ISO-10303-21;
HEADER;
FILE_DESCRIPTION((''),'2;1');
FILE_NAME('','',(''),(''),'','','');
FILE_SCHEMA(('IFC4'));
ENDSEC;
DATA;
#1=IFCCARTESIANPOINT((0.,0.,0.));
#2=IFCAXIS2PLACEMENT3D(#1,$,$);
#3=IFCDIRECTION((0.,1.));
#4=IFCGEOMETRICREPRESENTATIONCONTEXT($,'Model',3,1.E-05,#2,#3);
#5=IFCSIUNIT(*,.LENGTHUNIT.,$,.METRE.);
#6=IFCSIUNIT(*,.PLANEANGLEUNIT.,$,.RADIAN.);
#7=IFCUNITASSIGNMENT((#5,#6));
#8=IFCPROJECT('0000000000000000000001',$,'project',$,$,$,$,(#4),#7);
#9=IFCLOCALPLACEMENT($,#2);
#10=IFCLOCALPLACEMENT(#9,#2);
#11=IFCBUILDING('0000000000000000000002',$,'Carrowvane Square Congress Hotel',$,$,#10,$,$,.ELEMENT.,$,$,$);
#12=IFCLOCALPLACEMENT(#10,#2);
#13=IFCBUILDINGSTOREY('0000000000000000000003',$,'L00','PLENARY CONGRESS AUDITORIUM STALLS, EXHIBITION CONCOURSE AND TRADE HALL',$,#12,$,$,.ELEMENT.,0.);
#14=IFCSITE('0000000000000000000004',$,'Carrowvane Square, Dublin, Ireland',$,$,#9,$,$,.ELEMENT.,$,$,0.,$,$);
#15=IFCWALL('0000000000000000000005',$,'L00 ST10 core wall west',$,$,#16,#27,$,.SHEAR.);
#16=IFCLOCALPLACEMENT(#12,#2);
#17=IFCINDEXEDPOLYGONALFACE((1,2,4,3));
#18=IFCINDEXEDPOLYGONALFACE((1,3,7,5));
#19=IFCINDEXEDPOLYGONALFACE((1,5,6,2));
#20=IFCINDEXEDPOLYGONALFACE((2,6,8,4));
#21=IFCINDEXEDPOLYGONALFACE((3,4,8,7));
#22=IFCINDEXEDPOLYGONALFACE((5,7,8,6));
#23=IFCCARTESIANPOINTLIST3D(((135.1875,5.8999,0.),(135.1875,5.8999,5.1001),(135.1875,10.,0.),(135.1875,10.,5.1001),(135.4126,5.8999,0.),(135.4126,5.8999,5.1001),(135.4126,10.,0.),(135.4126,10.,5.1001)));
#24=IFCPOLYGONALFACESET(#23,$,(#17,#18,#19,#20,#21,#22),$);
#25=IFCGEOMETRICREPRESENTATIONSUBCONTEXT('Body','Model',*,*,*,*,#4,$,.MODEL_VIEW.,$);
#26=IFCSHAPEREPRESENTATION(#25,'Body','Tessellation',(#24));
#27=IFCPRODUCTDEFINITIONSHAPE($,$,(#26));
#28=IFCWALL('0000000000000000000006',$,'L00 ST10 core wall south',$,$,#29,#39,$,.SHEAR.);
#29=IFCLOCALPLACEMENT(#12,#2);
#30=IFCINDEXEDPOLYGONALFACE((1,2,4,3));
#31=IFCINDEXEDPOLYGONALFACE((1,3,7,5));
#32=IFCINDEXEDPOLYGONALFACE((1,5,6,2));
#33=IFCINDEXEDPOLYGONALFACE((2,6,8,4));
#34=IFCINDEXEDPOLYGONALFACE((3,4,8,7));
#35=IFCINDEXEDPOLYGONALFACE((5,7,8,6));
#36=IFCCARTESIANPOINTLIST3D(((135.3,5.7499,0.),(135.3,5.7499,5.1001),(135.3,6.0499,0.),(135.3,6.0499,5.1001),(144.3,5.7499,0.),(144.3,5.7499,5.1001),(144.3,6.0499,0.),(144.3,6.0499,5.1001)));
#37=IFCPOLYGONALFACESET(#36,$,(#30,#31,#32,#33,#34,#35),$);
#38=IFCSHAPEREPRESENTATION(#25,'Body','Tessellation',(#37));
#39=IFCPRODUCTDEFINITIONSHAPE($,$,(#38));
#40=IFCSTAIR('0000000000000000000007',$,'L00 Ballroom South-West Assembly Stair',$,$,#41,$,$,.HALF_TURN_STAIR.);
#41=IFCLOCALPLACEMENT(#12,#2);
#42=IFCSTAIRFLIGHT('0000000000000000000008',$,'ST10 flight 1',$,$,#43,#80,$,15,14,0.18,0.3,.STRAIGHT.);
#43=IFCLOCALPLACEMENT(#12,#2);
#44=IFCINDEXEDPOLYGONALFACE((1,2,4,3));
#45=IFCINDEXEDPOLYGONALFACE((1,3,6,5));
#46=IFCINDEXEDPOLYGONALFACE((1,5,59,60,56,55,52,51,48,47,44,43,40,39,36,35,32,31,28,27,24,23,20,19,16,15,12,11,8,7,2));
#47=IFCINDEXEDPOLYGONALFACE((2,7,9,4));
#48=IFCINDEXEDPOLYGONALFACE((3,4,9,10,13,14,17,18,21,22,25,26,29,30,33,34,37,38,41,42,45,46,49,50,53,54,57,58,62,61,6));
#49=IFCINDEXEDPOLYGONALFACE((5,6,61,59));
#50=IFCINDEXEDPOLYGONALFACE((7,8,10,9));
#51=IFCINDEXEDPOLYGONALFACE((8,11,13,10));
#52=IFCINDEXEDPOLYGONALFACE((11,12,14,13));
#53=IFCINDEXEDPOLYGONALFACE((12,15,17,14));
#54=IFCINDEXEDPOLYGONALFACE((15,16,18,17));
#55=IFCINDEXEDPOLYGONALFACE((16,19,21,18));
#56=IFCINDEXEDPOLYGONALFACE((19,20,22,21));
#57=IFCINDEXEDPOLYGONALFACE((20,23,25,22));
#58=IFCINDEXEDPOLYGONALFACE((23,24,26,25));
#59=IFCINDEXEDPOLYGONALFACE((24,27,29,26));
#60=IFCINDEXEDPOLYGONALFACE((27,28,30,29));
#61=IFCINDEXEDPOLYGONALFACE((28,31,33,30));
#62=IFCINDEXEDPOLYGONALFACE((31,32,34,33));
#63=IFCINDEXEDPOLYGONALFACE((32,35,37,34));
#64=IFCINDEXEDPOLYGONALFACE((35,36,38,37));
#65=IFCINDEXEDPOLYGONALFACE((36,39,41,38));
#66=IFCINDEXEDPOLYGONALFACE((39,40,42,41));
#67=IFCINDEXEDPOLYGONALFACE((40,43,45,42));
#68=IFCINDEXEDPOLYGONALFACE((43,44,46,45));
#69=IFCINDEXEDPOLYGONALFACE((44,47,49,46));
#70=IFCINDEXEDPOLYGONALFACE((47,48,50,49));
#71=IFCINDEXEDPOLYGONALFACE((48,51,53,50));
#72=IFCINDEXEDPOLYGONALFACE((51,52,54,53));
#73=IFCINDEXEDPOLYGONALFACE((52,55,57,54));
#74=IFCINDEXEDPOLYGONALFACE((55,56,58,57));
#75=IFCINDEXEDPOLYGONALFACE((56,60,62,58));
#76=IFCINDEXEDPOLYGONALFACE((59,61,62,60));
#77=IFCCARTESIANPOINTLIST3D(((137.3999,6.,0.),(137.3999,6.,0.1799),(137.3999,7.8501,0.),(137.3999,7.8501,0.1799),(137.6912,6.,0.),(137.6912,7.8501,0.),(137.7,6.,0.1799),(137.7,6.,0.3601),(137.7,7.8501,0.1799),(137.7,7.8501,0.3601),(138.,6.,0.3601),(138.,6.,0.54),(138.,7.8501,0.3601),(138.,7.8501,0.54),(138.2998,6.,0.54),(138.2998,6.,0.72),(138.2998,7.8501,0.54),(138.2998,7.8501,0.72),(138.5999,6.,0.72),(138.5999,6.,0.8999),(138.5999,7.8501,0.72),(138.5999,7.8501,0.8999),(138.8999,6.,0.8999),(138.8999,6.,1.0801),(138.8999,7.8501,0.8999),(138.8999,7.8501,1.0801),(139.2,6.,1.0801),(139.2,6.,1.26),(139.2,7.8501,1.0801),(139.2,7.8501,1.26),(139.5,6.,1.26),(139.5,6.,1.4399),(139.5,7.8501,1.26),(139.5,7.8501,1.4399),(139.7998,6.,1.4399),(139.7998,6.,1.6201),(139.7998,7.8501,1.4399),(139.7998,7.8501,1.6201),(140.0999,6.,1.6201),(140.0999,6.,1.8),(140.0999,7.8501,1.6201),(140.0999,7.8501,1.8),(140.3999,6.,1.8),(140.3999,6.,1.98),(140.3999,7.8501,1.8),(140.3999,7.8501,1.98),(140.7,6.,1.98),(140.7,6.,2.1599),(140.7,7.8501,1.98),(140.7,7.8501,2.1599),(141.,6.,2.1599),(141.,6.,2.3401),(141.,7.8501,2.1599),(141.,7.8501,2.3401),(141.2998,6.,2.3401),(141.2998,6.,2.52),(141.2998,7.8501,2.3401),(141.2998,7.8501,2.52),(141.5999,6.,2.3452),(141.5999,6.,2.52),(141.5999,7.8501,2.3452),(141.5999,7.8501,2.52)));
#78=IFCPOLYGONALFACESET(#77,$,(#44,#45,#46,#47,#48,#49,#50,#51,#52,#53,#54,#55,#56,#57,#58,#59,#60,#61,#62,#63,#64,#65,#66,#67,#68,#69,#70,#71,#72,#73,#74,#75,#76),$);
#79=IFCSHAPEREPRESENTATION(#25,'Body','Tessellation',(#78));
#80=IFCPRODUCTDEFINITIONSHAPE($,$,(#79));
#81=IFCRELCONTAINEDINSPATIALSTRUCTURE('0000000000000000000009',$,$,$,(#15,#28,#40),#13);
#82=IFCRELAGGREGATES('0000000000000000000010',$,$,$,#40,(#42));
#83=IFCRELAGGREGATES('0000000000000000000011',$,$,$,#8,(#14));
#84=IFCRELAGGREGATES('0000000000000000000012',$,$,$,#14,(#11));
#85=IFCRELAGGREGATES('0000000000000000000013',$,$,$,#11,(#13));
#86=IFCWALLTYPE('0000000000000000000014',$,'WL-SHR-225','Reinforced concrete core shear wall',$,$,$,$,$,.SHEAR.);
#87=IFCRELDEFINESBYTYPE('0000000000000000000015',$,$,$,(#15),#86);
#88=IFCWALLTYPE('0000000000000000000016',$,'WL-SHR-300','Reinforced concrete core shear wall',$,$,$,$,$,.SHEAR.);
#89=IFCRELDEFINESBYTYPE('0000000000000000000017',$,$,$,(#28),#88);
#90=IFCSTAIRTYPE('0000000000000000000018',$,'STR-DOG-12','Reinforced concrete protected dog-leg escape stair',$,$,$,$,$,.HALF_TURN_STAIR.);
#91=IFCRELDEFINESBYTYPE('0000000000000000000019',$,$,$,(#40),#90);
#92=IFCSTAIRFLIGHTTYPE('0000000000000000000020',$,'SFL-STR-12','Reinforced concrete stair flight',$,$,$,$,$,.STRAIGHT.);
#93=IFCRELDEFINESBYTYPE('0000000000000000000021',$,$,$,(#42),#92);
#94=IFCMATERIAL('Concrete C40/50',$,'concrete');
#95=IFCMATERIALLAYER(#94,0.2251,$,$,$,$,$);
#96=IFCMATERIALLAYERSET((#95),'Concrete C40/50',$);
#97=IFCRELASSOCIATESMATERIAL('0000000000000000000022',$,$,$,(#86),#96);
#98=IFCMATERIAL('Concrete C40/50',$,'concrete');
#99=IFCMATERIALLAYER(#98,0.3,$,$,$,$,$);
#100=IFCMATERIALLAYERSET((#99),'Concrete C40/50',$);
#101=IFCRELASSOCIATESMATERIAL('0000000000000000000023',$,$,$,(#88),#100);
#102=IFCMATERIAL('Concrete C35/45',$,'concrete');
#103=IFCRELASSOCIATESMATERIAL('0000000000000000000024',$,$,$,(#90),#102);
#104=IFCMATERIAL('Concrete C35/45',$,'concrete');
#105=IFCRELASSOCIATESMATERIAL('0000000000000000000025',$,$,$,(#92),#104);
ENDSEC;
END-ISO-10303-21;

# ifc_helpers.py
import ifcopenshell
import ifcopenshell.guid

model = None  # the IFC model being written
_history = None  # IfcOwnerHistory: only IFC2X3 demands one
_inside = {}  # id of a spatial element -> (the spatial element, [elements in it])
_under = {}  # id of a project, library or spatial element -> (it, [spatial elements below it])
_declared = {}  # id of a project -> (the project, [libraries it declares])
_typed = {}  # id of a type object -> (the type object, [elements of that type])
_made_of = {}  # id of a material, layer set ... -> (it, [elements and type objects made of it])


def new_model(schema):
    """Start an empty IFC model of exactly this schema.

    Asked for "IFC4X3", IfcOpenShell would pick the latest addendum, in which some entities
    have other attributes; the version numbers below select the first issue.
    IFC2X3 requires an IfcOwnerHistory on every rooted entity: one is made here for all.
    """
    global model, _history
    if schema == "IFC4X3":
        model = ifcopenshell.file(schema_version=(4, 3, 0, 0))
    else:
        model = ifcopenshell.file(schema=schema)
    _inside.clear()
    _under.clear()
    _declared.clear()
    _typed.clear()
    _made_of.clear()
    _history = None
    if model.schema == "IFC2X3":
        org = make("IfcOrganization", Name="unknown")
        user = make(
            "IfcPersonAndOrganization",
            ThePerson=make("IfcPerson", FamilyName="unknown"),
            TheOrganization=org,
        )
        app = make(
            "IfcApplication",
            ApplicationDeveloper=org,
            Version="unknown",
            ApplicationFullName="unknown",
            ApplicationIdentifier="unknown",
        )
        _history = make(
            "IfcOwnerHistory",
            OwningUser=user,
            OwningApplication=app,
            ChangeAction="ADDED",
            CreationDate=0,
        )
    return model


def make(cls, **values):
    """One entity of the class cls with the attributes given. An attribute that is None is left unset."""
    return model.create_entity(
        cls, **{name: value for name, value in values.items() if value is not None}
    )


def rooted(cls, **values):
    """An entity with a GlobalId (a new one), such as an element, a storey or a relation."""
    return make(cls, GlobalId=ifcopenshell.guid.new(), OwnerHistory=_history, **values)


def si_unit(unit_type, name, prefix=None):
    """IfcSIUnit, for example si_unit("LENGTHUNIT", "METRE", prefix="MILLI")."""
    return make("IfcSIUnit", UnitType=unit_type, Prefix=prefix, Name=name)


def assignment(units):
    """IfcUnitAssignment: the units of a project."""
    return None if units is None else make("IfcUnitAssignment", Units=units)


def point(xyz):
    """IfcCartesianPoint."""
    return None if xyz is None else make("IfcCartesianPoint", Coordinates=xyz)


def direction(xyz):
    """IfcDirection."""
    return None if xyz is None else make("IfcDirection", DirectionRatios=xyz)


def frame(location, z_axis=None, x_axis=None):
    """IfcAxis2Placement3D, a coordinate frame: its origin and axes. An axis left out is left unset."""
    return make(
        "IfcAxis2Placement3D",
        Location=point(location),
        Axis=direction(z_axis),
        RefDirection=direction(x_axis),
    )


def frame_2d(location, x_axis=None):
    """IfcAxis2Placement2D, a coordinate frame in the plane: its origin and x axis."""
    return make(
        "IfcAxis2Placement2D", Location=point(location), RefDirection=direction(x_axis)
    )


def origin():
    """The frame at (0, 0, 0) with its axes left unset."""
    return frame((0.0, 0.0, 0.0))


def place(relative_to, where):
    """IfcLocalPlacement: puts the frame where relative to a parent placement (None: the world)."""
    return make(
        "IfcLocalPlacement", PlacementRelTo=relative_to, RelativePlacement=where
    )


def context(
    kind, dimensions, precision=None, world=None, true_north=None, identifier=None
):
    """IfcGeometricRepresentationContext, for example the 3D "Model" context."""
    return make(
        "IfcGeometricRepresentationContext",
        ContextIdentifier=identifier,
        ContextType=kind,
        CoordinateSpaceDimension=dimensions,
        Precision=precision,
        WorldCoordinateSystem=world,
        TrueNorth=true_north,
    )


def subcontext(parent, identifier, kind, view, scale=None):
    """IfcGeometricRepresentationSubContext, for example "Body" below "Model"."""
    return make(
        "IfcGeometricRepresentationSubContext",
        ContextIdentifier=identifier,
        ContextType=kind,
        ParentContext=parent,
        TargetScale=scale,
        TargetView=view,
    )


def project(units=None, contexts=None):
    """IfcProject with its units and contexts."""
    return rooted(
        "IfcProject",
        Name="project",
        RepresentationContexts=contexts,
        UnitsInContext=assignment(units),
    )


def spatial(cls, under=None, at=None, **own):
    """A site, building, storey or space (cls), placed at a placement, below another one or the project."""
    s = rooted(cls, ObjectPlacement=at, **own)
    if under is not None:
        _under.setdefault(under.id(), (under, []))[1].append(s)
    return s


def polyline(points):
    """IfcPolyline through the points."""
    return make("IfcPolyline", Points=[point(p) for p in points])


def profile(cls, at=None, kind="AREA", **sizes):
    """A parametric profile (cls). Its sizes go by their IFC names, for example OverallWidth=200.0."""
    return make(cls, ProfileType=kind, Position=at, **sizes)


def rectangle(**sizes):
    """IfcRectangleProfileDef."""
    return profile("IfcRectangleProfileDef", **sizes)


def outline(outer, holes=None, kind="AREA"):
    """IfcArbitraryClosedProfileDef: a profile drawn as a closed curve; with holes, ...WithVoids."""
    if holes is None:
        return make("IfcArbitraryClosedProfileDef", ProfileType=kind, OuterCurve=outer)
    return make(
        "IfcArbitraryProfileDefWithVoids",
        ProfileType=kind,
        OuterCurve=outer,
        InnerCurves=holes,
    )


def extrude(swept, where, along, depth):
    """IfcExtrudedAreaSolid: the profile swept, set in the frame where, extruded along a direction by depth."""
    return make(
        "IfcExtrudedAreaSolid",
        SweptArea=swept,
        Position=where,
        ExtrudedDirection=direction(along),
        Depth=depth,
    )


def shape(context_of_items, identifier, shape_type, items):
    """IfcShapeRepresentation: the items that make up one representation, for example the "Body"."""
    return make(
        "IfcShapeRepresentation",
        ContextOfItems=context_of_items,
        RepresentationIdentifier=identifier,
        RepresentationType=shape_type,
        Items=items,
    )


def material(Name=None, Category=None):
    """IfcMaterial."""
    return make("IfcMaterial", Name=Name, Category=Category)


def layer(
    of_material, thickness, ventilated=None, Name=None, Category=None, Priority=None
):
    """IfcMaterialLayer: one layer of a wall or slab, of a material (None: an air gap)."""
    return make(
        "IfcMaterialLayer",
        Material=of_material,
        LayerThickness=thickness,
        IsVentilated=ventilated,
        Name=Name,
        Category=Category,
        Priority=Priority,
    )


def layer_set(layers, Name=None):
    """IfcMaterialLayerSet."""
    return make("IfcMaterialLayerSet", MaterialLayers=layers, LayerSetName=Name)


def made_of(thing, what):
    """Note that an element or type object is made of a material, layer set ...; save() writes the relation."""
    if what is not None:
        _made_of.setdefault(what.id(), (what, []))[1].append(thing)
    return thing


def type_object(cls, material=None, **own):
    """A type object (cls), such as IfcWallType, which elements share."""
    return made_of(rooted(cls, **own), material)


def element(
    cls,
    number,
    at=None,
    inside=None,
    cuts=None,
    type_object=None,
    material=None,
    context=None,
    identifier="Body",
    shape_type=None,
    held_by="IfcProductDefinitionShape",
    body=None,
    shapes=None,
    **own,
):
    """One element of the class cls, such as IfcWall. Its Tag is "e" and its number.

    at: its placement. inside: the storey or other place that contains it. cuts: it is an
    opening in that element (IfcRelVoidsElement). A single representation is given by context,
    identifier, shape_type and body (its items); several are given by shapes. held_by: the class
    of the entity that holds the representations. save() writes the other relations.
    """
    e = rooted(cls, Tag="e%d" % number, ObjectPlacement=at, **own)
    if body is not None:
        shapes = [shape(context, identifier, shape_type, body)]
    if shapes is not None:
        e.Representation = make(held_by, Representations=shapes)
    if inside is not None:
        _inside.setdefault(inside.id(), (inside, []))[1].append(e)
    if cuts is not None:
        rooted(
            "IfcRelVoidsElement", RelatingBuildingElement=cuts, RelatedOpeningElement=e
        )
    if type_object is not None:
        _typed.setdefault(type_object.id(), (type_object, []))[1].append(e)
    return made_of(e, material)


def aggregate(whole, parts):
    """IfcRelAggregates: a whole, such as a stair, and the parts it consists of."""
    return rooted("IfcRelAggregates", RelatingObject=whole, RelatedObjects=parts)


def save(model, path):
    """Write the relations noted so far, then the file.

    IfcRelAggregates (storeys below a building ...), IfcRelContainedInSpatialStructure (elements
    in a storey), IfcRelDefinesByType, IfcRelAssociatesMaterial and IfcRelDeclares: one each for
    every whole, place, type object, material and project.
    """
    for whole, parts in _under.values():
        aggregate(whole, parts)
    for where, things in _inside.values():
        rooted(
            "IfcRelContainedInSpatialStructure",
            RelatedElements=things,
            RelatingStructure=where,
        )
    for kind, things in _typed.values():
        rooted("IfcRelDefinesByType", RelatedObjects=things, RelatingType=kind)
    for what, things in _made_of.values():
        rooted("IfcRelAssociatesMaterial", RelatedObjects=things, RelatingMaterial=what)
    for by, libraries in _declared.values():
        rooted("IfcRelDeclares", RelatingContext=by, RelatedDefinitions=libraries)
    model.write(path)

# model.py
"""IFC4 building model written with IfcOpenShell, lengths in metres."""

from ifc_helpers import new_model, si_unit, direction, frame, frame_2d, origin, place, context, subcontext, project, spatial, polyline, rectangle, outline, extrude, material, layer, layer_set, type_object, element, aggregate, save


model = new_model("IFC4")

# Units and contexts
model_context = context("Model", 3, precision=1e-05, world=origin(), true_north=direction((0.0, 1.0)))
body_context = subcontext(model_context, "Body", "Model", "MODEL_VIEW")
ifc_project = project(units=[si_unit("LENGTHUNIT", "METRE"), si_unit("PLANEANGLEUNIT", "RADIAN")], contexts=[model_context])

# Site, building, storey
site_placement = place(None, origin())
site = spatial("IfcSite", under=ifc_project, at=site_placement, Name="Carrowvane Square, Dublin, Ireland", CompositionType="ELEMENT", RefElevation=0.0)
building_placement = place(site_placement, origin())
building = spatial("IfcBuilding", under=site, at=building_placement, Name="Carrowvane Square Congress Hotel", CompositionType="ELEMENT")
storey_placement = place(building_placement, origin())
storey = spatial("IfcBuildingStorey", under=building, at=storey_placement, Name="L00", Description="PLENARY CONGRESS AUDITORIUM STALLS, EXHIBITION CONCOURSE AND TRADE HALL", CompositionType="ELEMENT", Elevation=0.0)

# Walls
ifc_material_1 = material(Name="Concrete C40/50", Category="concrete")
ifc_layer_1 = layer(ifc_material_1, 0.2251)
ifc_layer_set_1 = layer_set([ifc_layer_1], Name="Concrete C40/50")
wall_type_1 = type_object("IfcWallType", Name="WL-SHR-225", Description="Reinforced concrete core shear wall", PredefinedType="SHEAR", material=ifc_layer_set_1)
wall_1_placement = place(storey_placement, frame((135.3, 10.0, 0.0), z_axis=(0.0, 0.0, 1.0), x_axis=(0.0, -1.0, 0.0)))
element("IfcWall", 1, at=wall_1_placement, inside=storey, type_object=wall_type_1, Name="L00 ST10 core wall west", PredefinedType="SHEAR", context=body_context, shape_type="SweptSolid", body=[
    extrude(rectangle(XDim=4.1001, YDim=0.2251, at=frame_2d((2.05, 0.0))), origin(), (0.0, 0.0, 1.0), 5.1001),
])
ifc_material_2 = material(Name="Concrete C40/50", Category="concrete")
ifc_layer_2 = layer(ifc_material_2, 0.3)
ifc_layer_set_2 = layer_set([ifc_layer_2], Name="Concrete C40/50")
wall_type_2 = type_object("IfcWallType", Name="WL-SHR-300", Description="Reinforced concrete core shear wall", PredefinedType="SHEAR", material=ifc_layer_set_2)
wall_2_placement = place(storey_placement, frame((135.3, 5.8999, 0.0), z_axis=(0.0, 0.0, 1.0), x_axis=(1.0, 0.0, 0.0)))
element("IfcWall", 2, at=wall_2_placement, inside=storey, type_object=wall_type_2, Name="L00 ST10 core wall south", PredefinedType="SHEAR", context=body_context, shape_type="SweptSolid", body=[
    extrude(rectangle(XDim=9.0, YDim=0.3, at=frame_2d((4.5, 0.0))), origin(), (0.0, 0.0, 1.0), 5.1001),
])

# Stair, stair flight
ifc_material_3 = material(Name="Concrete C35/45", Category="concrete")
stair_type = type_object("IfcStairType", Name="STR-DOG-12", Description="Reinforced concrete protected dog-leg escape stair", PredefinedType="HALF_TURN_STAIR", material=ifc_material_3)
stair_placement = place(storey_placement, origin())
stair = element("IfcStair", 3, at=stair_placement, inside=storey, type_object=stair_type, Name="L00 Ballroom South-West Assembly Stair", PredefinedType="HALF_TURN_STAIR")
ifc_material_4 = material(Name="Concrete C35/45", Category="concrete")
stair_flight_type = type_object("IfcStairFlightType", Name="SFL-STR-12", Description="Reinforced concrete stair flight", PredefinedType="STRAIGHT", material=ifc_material_4)
stair_flight_placement = place(storey_placement, frame((137.3999, 6.925, 0.0), z_axis=(0.0, 0.0, 1.0), x_axis=(1.0, 0.0, 0.0)))
stair_flight = element("IfcStairFlight", 4, at=stair_flight_placement, type_object=stair_flight_type, Name="ST10 flight 1", NumberOfRisers=15, NumberOfTreads=14, PredefinedType="STRAIGHT", RiserHeight=0.18, TreadLength=0.3, context=body_context, shape_type="SweptSolid", body=[
    extrude(outline(polyline([(0.0, 0.0), (0.0, 0.1799), (0.3, 0.1799), (0.3, 0.3601), (0.6001, 0.3601), (0.6001, 0.54), (0.8999, 0.54), (0.8999, 0.72), (1.2, 0.72), (1.2, 0.8999), (1.5, 0.8999), (1.5, 1.0801), (1.8, 1.0801), (1.8, 1.26), (2.1001, 1.26), (2.1001, 1.4399), (2.3999, 1.4399), (2.3999, 1.6201), (2.7, 1.6201), (2.7, 1.8), (3.0, 1.8), (3.0, 1.98), (3.3, 1.98), (3.3, 2.1599), (3.6001, 2.1599), (3.6001, 2.3401), (3.8999, 2.3401), (3.8999, 2.52), (4.2, 2.52), (4.2, 2.7), (4.2, 2.3452), (0.2913, 0.0), (0.0, 0.0)])), frame((0.0, 0.925, 0.0), z_axis=(0.0, -1.0, 0.0), x_axis=(1.0, 0.0, 0.0)), (0.0, 0.0, 1.0), 1.8501),
])
aggregate(stair, [stair_flight])

save(model, "model.ifc")
